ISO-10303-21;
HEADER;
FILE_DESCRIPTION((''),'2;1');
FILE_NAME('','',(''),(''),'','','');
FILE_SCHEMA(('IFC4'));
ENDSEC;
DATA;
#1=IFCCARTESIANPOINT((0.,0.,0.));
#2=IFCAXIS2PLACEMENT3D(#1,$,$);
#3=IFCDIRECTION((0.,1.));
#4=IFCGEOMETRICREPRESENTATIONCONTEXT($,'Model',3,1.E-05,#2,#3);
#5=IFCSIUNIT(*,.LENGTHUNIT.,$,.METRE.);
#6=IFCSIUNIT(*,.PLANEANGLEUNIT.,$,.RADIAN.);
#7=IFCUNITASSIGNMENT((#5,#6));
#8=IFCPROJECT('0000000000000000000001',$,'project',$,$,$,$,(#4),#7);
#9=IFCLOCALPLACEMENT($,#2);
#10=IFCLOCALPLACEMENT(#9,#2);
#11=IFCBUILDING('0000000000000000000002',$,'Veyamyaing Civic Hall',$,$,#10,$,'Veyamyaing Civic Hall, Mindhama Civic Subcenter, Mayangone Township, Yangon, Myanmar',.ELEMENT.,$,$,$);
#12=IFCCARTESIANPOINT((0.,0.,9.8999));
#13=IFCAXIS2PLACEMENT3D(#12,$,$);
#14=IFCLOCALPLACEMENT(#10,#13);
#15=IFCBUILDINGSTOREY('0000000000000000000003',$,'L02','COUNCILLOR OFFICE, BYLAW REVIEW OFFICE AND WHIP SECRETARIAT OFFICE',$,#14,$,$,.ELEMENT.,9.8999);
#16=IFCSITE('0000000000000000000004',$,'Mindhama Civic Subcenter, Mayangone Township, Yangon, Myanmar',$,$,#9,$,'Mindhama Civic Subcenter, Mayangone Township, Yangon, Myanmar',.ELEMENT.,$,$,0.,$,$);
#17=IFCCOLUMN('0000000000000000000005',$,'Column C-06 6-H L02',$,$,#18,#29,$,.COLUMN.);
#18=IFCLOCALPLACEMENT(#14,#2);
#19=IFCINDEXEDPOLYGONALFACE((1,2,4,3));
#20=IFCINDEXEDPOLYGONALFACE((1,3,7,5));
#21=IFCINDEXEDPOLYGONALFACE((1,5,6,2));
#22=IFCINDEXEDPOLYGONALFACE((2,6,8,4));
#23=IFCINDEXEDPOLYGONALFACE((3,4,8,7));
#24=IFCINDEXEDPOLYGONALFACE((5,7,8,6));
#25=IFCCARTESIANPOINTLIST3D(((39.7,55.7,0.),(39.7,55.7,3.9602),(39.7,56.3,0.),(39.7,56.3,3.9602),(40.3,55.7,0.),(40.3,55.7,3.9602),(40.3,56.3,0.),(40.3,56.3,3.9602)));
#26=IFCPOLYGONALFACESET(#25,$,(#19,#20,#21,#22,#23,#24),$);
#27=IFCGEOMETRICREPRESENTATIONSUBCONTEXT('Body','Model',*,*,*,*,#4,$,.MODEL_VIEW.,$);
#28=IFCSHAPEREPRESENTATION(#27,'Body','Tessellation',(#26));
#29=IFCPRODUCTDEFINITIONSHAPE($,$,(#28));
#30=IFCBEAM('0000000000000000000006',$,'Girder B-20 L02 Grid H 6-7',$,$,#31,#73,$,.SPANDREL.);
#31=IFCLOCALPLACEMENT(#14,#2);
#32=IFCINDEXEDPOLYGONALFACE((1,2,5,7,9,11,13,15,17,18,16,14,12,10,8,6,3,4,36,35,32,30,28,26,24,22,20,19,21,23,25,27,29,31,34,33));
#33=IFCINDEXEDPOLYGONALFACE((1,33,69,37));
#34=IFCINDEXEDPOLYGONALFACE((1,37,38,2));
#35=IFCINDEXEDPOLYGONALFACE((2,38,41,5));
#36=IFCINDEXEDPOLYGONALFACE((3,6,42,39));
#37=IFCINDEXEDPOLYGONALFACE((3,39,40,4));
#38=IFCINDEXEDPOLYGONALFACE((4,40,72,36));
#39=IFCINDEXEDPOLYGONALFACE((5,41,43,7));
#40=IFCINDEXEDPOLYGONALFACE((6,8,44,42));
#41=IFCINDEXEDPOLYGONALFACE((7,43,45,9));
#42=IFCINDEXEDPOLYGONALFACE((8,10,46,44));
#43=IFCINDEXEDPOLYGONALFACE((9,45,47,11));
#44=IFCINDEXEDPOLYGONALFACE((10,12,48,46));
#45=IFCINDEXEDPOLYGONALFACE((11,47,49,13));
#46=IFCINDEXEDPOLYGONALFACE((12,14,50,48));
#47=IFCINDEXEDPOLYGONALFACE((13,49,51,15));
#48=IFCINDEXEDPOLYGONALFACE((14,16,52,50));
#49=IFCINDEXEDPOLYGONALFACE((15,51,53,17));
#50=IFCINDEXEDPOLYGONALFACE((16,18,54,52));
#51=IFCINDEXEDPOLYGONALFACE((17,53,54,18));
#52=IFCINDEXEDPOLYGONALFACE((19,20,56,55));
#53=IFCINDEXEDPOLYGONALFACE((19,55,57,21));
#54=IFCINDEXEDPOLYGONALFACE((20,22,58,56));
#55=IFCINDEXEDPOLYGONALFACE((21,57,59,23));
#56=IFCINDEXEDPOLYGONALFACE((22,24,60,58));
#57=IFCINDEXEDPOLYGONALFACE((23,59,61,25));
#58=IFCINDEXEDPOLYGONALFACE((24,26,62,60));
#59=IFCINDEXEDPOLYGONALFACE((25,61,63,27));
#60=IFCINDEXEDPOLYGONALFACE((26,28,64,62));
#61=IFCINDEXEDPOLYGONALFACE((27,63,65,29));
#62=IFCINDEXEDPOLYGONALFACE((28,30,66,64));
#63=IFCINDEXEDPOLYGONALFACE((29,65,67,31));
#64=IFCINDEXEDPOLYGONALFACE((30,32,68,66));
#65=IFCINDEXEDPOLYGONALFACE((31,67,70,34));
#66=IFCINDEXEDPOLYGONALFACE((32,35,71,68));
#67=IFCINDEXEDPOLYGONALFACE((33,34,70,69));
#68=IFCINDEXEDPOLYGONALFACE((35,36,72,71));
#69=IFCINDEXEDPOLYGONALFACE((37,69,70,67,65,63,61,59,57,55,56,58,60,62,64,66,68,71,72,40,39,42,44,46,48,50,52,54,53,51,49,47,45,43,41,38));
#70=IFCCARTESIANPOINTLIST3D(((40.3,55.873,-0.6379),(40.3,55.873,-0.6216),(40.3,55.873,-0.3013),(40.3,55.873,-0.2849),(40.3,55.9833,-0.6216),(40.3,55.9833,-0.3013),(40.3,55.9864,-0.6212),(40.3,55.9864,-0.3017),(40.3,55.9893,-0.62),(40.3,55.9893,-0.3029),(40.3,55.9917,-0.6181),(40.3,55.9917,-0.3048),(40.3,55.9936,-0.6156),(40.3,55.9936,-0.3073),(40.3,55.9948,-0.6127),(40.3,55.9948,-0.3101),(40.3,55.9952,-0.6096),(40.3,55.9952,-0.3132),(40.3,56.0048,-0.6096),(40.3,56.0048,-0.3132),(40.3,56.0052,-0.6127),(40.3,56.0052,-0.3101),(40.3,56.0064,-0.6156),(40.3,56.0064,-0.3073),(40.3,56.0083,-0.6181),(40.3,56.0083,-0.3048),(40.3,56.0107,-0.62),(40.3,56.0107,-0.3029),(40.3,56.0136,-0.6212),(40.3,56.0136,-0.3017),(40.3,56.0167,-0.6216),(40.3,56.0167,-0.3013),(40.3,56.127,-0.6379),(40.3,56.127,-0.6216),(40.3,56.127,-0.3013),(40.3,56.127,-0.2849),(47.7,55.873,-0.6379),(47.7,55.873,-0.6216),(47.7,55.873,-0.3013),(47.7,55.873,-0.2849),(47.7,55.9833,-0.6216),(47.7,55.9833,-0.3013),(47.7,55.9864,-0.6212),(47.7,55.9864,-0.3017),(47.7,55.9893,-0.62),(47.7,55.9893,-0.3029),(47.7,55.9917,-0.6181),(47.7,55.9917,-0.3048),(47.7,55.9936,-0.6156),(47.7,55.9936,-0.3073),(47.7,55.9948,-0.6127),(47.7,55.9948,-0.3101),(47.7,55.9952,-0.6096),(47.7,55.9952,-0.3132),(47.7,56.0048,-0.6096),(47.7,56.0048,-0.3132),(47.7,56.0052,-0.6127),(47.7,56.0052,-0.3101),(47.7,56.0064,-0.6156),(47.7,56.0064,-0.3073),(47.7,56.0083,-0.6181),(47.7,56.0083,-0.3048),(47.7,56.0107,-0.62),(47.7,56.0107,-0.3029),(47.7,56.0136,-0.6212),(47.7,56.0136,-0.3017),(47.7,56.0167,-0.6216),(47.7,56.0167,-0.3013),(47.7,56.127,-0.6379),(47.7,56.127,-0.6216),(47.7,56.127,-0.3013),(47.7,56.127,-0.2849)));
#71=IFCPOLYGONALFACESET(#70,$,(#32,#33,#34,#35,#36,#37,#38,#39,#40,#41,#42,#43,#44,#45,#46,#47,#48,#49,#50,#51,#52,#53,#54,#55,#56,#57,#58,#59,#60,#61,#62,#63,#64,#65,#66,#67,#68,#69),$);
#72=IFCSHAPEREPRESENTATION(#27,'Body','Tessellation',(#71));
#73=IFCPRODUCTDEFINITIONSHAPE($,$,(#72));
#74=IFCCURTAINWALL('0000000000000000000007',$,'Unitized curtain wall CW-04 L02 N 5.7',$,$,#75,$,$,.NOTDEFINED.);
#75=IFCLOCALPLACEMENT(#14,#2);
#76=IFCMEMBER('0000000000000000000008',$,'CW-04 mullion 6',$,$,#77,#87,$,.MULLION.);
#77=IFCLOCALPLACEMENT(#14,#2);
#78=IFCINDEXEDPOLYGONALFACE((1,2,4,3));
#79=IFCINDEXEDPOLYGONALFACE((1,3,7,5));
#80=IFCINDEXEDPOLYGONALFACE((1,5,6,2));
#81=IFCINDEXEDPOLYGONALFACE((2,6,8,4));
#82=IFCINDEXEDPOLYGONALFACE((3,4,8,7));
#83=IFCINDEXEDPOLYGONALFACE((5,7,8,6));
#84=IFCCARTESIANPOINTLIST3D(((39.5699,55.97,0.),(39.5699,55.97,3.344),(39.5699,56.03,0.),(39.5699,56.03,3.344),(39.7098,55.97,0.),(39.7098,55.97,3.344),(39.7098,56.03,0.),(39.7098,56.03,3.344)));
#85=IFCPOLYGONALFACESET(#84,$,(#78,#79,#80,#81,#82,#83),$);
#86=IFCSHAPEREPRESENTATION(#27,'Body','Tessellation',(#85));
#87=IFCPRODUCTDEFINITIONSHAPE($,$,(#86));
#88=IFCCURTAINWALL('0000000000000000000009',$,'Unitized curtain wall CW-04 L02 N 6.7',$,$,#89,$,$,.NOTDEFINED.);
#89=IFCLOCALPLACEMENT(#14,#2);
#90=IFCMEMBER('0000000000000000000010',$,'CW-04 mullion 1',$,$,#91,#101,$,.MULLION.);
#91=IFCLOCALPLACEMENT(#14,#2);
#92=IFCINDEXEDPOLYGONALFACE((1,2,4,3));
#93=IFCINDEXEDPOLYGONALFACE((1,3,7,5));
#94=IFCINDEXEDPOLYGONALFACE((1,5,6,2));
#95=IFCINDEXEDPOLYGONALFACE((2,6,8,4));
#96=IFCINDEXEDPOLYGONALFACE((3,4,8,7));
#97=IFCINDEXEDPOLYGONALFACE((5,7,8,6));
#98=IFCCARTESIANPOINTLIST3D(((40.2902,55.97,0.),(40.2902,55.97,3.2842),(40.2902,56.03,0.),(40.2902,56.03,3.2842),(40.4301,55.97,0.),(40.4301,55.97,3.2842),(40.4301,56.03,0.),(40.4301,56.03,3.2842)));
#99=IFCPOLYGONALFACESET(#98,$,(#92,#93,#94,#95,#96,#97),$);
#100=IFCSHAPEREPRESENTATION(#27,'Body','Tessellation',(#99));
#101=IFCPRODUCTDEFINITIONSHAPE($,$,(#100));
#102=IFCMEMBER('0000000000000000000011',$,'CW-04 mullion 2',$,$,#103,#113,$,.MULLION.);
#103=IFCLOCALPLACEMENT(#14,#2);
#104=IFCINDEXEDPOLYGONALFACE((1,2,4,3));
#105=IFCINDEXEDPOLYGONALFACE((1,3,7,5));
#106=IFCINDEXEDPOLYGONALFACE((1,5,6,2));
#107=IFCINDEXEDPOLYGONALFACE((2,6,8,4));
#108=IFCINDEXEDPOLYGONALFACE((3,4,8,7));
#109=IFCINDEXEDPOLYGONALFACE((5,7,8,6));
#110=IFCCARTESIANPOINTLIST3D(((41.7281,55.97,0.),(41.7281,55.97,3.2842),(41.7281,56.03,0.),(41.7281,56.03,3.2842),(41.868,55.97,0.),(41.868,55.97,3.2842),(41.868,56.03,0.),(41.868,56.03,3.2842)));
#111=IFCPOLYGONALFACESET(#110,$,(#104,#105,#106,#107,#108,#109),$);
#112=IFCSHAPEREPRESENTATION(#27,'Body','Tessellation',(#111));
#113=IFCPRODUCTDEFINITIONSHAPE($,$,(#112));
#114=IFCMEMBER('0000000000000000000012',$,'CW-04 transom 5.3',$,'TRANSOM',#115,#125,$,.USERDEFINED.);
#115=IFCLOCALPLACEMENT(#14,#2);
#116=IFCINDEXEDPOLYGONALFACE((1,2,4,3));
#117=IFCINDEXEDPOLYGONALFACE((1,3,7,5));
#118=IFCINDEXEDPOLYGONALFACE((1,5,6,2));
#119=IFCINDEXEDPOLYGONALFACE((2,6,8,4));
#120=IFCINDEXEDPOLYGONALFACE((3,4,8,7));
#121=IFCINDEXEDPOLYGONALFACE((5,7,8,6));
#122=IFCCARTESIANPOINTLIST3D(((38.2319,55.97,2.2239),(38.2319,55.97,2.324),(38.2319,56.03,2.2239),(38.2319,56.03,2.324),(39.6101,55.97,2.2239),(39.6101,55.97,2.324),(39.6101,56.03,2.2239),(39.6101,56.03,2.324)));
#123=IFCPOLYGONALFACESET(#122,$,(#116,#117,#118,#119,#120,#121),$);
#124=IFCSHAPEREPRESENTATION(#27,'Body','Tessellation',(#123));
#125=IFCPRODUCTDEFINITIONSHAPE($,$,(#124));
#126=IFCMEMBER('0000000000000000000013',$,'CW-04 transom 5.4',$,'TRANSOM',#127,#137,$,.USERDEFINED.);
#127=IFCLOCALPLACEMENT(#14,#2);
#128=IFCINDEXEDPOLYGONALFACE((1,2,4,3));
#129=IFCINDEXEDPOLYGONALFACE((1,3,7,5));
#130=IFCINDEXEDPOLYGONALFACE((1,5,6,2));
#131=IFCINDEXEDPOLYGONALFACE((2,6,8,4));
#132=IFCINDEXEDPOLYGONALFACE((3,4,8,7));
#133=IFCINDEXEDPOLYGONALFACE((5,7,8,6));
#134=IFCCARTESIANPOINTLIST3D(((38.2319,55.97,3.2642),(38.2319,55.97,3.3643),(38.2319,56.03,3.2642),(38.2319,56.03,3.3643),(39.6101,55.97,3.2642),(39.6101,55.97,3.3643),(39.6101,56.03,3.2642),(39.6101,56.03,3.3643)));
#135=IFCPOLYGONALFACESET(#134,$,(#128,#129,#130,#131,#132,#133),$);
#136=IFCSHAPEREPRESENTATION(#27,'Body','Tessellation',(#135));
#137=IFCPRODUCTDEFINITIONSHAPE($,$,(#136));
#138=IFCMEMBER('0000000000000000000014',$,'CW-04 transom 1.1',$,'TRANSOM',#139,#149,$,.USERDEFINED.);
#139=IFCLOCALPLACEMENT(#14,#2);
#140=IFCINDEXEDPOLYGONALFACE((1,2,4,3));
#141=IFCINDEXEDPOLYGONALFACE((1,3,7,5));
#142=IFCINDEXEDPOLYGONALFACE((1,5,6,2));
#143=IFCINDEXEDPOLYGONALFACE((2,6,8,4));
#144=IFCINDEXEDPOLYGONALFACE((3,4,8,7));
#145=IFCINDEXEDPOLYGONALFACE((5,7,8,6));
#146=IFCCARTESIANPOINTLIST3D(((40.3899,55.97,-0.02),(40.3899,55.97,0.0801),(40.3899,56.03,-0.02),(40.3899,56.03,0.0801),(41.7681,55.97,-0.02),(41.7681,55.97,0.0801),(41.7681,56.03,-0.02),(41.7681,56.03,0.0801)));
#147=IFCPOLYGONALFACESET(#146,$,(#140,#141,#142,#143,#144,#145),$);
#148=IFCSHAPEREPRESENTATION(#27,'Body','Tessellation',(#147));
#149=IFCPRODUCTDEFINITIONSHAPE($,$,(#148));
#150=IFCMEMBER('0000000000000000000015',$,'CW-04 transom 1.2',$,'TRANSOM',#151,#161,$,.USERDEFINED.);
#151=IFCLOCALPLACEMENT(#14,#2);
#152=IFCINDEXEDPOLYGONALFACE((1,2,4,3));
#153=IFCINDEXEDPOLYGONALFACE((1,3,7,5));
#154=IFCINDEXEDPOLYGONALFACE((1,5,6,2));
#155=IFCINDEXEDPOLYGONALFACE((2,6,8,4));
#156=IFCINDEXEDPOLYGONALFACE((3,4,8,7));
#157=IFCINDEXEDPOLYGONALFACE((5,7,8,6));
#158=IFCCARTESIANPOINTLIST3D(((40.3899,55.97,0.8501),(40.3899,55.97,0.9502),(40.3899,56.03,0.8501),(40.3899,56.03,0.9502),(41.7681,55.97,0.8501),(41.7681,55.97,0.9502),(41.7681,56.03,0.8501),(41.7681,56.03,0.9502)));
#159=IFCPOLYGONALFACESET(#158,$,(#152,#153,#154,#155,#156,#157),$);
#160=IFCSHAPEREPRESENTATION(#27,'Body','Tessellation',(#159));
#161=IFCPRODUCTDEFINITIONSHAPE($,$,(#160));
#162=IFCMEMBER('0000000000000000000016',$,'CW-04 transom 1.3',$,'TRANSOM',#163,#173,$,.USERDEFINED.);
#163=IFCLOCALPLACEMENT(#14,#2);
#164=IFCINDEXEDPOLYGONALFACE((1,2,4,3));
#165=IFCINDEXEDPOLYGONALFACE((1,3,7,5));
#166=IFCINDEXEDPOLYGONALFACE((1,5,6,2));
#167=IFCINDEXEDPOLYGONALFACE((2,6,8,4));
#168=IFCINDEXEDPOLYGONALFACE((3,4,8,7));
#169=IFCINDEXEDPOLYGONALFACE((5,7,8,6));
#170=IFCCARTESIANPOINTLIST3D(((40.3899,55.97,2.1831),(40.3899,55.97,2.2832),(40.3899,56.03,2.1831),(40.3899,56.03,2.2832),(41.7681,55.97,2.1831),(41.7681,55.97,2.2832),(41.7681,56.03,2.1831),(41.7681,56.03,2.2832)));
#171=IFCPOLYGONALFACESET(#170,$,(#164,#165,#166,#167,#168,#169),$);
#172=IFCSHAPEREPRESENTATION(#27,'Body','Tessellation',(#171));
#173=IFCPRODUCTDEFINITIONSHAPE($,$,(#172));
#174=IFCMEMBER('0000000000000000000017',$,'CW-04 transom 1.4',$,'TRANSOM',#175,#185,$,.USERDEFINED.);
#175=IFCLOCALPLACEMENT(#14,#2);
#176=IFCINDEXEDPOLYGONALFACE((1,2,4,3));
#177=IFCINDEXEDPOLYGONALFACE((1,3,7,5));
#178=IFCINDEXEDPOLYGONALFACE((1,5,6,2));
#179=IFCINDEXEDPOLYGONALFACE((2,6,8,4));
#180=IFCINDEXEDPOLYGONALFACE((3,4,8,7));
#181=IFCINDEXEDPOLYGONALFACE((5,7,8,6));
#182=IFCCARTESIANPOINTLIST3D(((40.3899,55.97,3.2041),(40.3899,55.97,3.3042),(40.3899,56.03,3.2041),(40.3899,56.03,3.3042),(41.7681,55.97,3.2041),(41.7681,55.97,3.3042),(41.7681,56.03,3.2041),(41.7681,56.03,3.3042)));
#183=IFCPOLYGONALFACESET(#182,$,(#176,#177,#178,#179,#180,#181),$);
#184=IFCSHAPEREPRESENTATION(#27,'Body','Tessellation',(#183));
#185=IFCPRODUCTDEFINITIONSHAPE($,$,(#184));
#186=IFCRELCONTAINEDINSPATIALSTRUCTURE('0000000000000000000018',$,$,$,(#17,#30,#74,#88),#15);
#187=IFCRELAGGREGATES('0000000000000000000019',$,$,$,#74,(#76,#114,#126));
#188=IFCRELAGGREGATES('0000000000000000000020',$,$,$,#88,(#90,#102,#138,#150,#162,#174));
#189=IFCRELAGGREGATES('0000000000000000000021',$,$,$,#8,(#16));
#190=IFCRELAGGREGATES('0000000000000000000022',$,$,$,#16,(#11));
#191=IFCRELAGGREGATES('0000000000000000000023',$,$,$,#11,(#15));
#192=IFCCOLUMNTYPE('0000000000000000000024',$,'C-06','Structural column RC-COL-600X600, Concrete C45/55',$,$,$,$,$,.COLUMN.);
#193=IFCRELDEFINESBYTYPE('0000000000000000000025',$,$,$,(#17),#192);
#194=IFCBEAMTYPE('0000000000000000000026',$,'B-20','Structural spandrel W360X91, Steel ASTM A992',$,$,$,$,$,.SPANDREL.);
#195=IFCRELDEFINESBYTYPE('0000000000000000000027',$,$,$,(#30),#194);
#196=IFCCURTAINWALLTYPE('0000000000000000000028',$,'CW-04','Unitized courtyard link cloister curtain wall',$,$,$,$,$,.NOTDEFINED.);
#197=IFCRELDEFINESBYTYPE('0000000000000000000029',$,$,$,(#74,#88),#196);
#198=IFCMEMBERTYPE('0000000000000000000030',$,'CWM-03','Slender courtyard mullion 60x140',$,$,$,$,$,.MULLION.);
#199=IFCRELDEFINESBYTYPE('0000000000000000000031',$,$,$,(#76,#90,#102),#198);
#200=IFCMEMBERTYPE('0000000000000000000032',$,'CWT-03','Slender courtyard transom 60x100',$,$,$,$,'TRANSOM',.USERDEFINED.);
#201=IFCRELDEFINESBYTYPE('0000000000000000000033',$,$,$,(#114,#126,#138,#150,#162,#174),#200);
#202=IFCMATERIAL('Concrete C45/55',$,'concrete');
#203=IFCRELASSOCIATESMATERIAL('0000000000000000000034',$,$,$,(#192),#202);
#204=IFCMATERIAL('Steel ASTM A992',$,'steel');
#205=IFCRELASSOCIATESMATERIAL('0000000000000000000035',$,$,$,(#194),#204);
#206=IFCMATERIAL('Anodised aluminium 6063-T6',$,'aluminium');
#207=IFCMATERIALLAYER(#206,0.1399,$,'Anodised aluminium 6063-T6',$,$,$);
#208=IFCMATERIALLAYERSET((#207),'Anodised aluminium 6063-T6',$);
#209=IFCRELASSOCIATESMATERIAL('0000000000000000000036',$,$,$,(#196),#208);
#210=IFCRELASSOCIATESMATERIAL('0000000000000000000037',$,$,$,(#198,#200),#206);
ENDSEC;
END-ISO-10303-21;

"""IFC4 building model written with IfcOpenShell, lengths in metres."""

from ifc_helpers import new_model, si_unit, direction, frame, origin, origin_2d, place, context, subcontext, project, spatial, rectangle, i_section, extrude, material, layer, layer_set, material_profile, profile_set, type_object, element, aggregate, save


model = new_model("IFC4")

# Units and contexts
model_context = context("Model", 3, precision=1e-05, world=origin(), true_north=direction((0.0, 1.0)))
body_context = subcontext(model_context, "Body", "Model", "MODEL_VIEW")
ifc_project = project(units=[si_unit("LENGTHUNIT", "METRE"), si_unit("PLANEANGLEUNIT", "RADIAN")], contexts=[model_context])

# Site, building, storey
site_placement = place(None, origin())
site = spatial("IfcSite", under=ifc_project, at=site_placement, Name="Mindhama Civic Subcenter, Mayangone Township, Yangon, Myanmar", LongName="Mindhama Civic Subcenter, Mayangone Township, Yangon, Myanmar", CompositionType="ELEMENT", RefElevation=0.0)
building_placement = place(site_placement, origin())
building = spatial("IfcBuilding", under=site, at=building_placement, Name="Veyamyaing Civic Hall", LongName="Veyamyaing Civic Hall, Mindhama Civic Subcenter, Mayangone Township, Yangon, Myanmar", CompositionType="ELEMENT")
storey_placement = place(building_placement, frame((0.0, 0.0, 9.8999)))
storey = spatial("IfcBuildingStorey", under=building, at=storey_placement, Name="L02", Description="COUNCILLOR OFFICE, BYLAW REVIEW OFFICE AND WHIP SECRETARIAT OFFICE", CompositionType="ELEMENT", Elevation=9.8999)

# Column
ifc_material_1 = material(Name="Concrete C45/55", Category="concrete")
ifc_material_profile_1 = material_profile(ifc_material_1, rectangle(XDim=0.6001, YDim=0.6001, at=origin_2d()), Name="RC-COL-600X600")
ifc_profile_set_1 = profile_set([ifc_material_profile_1], Name="Concrete C45/55")
column_type = type_object("IfcColumnType", Name="C-06", Description="Structural column RC-COL-600X600, Concrete C45/55", PredefinedType="COLUMN", material=ifc_profile_set_1)
column_placement = place(storey_placement, frame((40.0, 56.0, 0.0), z_axis=(0.0, 0.0, 1.0), x_axis=(1.0, 0.0, 0.0)))
element("IfcColumn", 1, at=column_placement, inside=storey, type_object=column_type, Name="Column C-06 6-H L02", PredefinedType="COLUMN", context=body_context, shape_type="SweptSolid", body=[
    extrude(rectangle(XDim=0.6001, YDim=0.6001, at=origin_2d()), origin(), (0.0, 0.0, 1.0), 3.9602),
])

# Beam
ifc_material_2 = material(Name="Steel ASTM A992", Category="steel")
ifc_material_profile_2 = material_profile(ifc_material_2, i_section(OverallWidth=0.2539, OverallDepth=0.353, WebThickness=0.0095, FlangeThickness=0.0164, FilletRadius=0.012, at=origin_2d()), Name="W360X91")
ifc_profile_set_2 = profile_set([ifc_material_profile_2], Name="Steel ASTM A992")
beam_type_1 = type_object("IfcBeamType", Name="B-20", Description="Structural spandrel W360X91, Steel ASTM A992", PredefinedType="SPANDREL", material=ifc_profile_set_2)
beam_1_placement = place(storey_placement, frame((40.3, 56.0, -0.4614), z_axis=(1.0, 0.0, 0.0), x_axis=(0.0, 1.0, 0.0)))
element("IfcBeam", 2, at=beam_1_placement, inside=storey, type_object=beam_type_1, Name="Girder B-20 L02 Grid H 6-7", PredefinedType="SPANDREL", context=body_context, shape_type="SweptSolid", body=[
    extrude(i_section(OverallWidth=0.2539, OverallDepth=0.353, WebThickness=0.0095, FlangeThickness=0.0164, FilletRadius=0.012, at=origin_2d()), origin(), (0.0, 0.0, 1.0), 7.3999),
])

# Curtain wall, member
ifc_material_3 = material(Name="Anodised aluminium 6063-T6", Category="aluminium")
ifc_layer_1 = layer(ifc_material_3, 0.1399, Name="Anodised aluminium 6063-T6")
ifc_layer_set_1 = layer_set([ifc_layer_1], Name="Anodised aluminium 6063-T6")
curtain_wall_type = type_object("IfcCurtainWallType", Name="CW-04", Description="Unitized courtyard link cloister curtain wall", PredefinedType="NOTDEFINED", material=ifc_layer_set_1)
curtain_wall_1_placement = place(storey_placement, origin())
curtain_wall_1 = element("IfcCurtainWall", 3, at=curtain_wall_1_placement, inside=storey, type_object=curtain_wall_type, Name="Unitized curtain wall CW-04 L02 N 5.7", PredefinedType="NOTDEFINED")
ifc_material_profile_3 = material_profile(ifc_material_3, rectangle(XDim=0.0601, YDim=0.1399, at=origin_2d()), Name="ALU-MUL-60X140")
ifc_profile_set_3 = profile_set([ifc_material_profile_3], Name="Anodised aluminium 6063-T6")
member_type_1 = type_object("IfcMemberType", Name="CWM-03", Description="Slender courtyard mullion 60x140", PredefinedType="MULLION", material=ifc_profile_set_3)
member_1_placement = place(storey_placement, frame((39.6399, 56.0, 0.0), z_axis=(0.0, 0.0, 1.0), x_axis=(0.0, 1.0, 0.0)))
member_1 = element("IfcMember", 4, at=member_1_placement, type_object=member_type_1, Name="CW-04 mullion 6", PredefinedType="MULLION", context=body_context, shape_type="SweptSolid", body=[
    extrude(rectangle(XDim=0.0601, YDim=0.1399, at=origin_2d()), origin(), (0.0, 0.0, 1.0), 3.344),
])

# Curtain wall, members
curtain_wall_2_placement = place(storey_placement, origin())
curtain_wall_2 = element("IfcCurtainWall", 5, at=curtain_wall_2_placement, inside=storey, type_object=curtain_wall_type, Name="Unitized curtain wall CW-04 L02 N 6.7", PredefinedType="NOTDEFINED")
member_2_placement = place(storey_placement, frame((40.3601, 56.0, 0.0), z_axis=(0.0, 0.0, 1.0), x_axis=(0.0, 1.0, 0.0)))
member_2 = element("IfcMember", 6, at=member_2_placement, type_object=member_type_1, Name="CW-04 mullion 1", PredefinedType="MULLION", context=body_context, shape_type="SweptSolid", body=[
    extrude(rectangle(XDim=0.0601, YDim=0.1399, at=origin_2d()), origin(), (0.0, 0.0, 1.0), 3.2842),
])
member_3_placement = place(storey_placement, frame((41.7981, 56.0, 0.0), z_axis=(0.0, 0.0, 1.0), x_axis=(0.0, 1.0, 0.0)))
member_3 = element("IfcMember", 7, at=member_3_placement, type_object=member_type_1, Name="CW-04 mullion 2", PredefinedType="MULLION", context=body_context, shape_type="SweptSolid", body=[
    extrude(rectangle(XDim=0.0601, YDim=0.1399, at=origin_2d()), origin(), (0.0, 0.0, 1.0), 3.2842),
])

# Members
ifc_material_profile_4 = material_profile(ifc_material_3, rectangle(XDim=0.0601, YDim=0.1001, at=origin_2d()), Name="ALU-TRN-60X100")
ifc_profile_set_4 = profile_set([ifc_material_profile_4], Name="Anodised aluminium 6063-T6")
member_type_2 = type_object("IfcMemberType", Name="CWT-03", Description="Slender courtyard transom 60x100", ElementType="TRANSOM", PredefinedType="USERDEFINED", material=ifc_profile_set_4)
member_4_placement = place(storey_placement, frame((38.2319, 56.0, 2.2739), z_axis=(1.0, 0.0, 0.0), x_axis=(0.0, 1.0, 0.0)))
member_4 = element("IfcMember", 8, at=member_4_placement, type_object=member_type_2, Name="CW-04 transom 5.3", ObjectType="TRANSOM", PredefinedType="USERDEFINED", context=body_context, shape_type="SweptSolid", body=[
    extrude(rectangle(XDim=0.0601, YDim=0.1001, at=origin_2d()), origin(), (0.0, 0.0, 1.0), 1.3782),
])
member_5_placement = place(storey_placement, frame((38.2319, 56.0, 3.3142), z_axis=(1.0, 0.0, 0.0), x_axis=(0.0, 1.0, 0.0)))
member_5 = element("IfcMember", 9, at=member_5_placement, type_object=member_type_2, Name="CW-04 transom 5.4", ObjectType="TRANSOM", PredefinedType="USERDEFINED", context=body_context, shape_type="SweptSolid", body=[
    extrude(rectangle(XDim=0.0601, YDim=0.1001, at=origin_2d()), origin(), (0.0, 0.0, 1.0), 1.3782),
])
member_6_placement = place(storey_placement, frame((40.3899, 56.0, 0.03), z_axis=(1.0, 0.0, 0.0), x_axis=(0.0, 1.0, 0.0)))
member_6 = element("IfcMember", 10, at=member_6_placement, type_object=member_type_2, Name="CW-04 transom 1.1", ObjectType="TRANSOM", PredefinedType="USERDEFINED", context=body_context, shape_type="SweptSolid", body=[
    extrude(rectangle(XDim=0.0601, YDim=0.1001, at=origin_2d()), origin(), (0.0, 0.0, 1.0), 1.3782),
])
member_7_placement = place(storey_placement, frame((40.3899, 56.0, 0.9001), z_axis=(1.0, 0.0, 0.0), x_axis=(0.0, 1.0, 0.0)))
member_7 = element("IfcMember", 11, at=member_7_placement, type_object=member_type_2, Name="CW-04 transom 1.2", ObjectType="TRANSOM", PredefinedType="USERDEFINED", context=body_context, shape_type="SweptSolid", body=[
    extrude(rectangle(XDim=0.0601, YDim=0.1001, at=origin_2d()), origin(), (0.0, 0.0, 1.0), 1.3782),
])
member_8_placement = place(storey_placement, frame((40.3899, 56.0, 2.2332), z_axis=(1.0, 0.0, 0.0), x_axis=(0.0, 1.0, 0.0)))
member_8 = element("IfcMember", 12, at=member_8_placement, type_object=member_type_2, Name="CW-04 transom 1.3", ObjectType="TRANSOM", PredefinedType="USERDEFINED", context=body_context, shape_type="SweptSolid", body=[
    extrude(rectangle(XDim=0.0601, YDim=0.1001, at=origin_2d()), origin(), (0.0, 0.0, 1.0), 1.3782),
])
member_9_placement = place(storey_placement, frame((40.3899, 56.0, 3.2542), z_axis=(1.0, 0.0, 0.0), x_axis=(0.0, 1.0, 0.0)))
member_9 = element("IfcMember", 13, at=member_9_placement, type_object=member_type_2, Name="CW-04 transom 1.4", ObjectType="TRANSOM", PredefinedType="USERDEFINED", context=body_context, shape_type="SweptSolid", body=[
    extrude(rectangle(XDim=0.0601, YDim=0.1001, at=origin_2d()), origin(), (0.0, 0.0, 1.0), 1.3782),
])

aggregate(curtain_wall_1, [member_1, member_4, member_5])
aggregate(curtain_wall_2, [member_2, member_3, member_6, member_7, member_8, member_9])

save(model, "model.ifc")
